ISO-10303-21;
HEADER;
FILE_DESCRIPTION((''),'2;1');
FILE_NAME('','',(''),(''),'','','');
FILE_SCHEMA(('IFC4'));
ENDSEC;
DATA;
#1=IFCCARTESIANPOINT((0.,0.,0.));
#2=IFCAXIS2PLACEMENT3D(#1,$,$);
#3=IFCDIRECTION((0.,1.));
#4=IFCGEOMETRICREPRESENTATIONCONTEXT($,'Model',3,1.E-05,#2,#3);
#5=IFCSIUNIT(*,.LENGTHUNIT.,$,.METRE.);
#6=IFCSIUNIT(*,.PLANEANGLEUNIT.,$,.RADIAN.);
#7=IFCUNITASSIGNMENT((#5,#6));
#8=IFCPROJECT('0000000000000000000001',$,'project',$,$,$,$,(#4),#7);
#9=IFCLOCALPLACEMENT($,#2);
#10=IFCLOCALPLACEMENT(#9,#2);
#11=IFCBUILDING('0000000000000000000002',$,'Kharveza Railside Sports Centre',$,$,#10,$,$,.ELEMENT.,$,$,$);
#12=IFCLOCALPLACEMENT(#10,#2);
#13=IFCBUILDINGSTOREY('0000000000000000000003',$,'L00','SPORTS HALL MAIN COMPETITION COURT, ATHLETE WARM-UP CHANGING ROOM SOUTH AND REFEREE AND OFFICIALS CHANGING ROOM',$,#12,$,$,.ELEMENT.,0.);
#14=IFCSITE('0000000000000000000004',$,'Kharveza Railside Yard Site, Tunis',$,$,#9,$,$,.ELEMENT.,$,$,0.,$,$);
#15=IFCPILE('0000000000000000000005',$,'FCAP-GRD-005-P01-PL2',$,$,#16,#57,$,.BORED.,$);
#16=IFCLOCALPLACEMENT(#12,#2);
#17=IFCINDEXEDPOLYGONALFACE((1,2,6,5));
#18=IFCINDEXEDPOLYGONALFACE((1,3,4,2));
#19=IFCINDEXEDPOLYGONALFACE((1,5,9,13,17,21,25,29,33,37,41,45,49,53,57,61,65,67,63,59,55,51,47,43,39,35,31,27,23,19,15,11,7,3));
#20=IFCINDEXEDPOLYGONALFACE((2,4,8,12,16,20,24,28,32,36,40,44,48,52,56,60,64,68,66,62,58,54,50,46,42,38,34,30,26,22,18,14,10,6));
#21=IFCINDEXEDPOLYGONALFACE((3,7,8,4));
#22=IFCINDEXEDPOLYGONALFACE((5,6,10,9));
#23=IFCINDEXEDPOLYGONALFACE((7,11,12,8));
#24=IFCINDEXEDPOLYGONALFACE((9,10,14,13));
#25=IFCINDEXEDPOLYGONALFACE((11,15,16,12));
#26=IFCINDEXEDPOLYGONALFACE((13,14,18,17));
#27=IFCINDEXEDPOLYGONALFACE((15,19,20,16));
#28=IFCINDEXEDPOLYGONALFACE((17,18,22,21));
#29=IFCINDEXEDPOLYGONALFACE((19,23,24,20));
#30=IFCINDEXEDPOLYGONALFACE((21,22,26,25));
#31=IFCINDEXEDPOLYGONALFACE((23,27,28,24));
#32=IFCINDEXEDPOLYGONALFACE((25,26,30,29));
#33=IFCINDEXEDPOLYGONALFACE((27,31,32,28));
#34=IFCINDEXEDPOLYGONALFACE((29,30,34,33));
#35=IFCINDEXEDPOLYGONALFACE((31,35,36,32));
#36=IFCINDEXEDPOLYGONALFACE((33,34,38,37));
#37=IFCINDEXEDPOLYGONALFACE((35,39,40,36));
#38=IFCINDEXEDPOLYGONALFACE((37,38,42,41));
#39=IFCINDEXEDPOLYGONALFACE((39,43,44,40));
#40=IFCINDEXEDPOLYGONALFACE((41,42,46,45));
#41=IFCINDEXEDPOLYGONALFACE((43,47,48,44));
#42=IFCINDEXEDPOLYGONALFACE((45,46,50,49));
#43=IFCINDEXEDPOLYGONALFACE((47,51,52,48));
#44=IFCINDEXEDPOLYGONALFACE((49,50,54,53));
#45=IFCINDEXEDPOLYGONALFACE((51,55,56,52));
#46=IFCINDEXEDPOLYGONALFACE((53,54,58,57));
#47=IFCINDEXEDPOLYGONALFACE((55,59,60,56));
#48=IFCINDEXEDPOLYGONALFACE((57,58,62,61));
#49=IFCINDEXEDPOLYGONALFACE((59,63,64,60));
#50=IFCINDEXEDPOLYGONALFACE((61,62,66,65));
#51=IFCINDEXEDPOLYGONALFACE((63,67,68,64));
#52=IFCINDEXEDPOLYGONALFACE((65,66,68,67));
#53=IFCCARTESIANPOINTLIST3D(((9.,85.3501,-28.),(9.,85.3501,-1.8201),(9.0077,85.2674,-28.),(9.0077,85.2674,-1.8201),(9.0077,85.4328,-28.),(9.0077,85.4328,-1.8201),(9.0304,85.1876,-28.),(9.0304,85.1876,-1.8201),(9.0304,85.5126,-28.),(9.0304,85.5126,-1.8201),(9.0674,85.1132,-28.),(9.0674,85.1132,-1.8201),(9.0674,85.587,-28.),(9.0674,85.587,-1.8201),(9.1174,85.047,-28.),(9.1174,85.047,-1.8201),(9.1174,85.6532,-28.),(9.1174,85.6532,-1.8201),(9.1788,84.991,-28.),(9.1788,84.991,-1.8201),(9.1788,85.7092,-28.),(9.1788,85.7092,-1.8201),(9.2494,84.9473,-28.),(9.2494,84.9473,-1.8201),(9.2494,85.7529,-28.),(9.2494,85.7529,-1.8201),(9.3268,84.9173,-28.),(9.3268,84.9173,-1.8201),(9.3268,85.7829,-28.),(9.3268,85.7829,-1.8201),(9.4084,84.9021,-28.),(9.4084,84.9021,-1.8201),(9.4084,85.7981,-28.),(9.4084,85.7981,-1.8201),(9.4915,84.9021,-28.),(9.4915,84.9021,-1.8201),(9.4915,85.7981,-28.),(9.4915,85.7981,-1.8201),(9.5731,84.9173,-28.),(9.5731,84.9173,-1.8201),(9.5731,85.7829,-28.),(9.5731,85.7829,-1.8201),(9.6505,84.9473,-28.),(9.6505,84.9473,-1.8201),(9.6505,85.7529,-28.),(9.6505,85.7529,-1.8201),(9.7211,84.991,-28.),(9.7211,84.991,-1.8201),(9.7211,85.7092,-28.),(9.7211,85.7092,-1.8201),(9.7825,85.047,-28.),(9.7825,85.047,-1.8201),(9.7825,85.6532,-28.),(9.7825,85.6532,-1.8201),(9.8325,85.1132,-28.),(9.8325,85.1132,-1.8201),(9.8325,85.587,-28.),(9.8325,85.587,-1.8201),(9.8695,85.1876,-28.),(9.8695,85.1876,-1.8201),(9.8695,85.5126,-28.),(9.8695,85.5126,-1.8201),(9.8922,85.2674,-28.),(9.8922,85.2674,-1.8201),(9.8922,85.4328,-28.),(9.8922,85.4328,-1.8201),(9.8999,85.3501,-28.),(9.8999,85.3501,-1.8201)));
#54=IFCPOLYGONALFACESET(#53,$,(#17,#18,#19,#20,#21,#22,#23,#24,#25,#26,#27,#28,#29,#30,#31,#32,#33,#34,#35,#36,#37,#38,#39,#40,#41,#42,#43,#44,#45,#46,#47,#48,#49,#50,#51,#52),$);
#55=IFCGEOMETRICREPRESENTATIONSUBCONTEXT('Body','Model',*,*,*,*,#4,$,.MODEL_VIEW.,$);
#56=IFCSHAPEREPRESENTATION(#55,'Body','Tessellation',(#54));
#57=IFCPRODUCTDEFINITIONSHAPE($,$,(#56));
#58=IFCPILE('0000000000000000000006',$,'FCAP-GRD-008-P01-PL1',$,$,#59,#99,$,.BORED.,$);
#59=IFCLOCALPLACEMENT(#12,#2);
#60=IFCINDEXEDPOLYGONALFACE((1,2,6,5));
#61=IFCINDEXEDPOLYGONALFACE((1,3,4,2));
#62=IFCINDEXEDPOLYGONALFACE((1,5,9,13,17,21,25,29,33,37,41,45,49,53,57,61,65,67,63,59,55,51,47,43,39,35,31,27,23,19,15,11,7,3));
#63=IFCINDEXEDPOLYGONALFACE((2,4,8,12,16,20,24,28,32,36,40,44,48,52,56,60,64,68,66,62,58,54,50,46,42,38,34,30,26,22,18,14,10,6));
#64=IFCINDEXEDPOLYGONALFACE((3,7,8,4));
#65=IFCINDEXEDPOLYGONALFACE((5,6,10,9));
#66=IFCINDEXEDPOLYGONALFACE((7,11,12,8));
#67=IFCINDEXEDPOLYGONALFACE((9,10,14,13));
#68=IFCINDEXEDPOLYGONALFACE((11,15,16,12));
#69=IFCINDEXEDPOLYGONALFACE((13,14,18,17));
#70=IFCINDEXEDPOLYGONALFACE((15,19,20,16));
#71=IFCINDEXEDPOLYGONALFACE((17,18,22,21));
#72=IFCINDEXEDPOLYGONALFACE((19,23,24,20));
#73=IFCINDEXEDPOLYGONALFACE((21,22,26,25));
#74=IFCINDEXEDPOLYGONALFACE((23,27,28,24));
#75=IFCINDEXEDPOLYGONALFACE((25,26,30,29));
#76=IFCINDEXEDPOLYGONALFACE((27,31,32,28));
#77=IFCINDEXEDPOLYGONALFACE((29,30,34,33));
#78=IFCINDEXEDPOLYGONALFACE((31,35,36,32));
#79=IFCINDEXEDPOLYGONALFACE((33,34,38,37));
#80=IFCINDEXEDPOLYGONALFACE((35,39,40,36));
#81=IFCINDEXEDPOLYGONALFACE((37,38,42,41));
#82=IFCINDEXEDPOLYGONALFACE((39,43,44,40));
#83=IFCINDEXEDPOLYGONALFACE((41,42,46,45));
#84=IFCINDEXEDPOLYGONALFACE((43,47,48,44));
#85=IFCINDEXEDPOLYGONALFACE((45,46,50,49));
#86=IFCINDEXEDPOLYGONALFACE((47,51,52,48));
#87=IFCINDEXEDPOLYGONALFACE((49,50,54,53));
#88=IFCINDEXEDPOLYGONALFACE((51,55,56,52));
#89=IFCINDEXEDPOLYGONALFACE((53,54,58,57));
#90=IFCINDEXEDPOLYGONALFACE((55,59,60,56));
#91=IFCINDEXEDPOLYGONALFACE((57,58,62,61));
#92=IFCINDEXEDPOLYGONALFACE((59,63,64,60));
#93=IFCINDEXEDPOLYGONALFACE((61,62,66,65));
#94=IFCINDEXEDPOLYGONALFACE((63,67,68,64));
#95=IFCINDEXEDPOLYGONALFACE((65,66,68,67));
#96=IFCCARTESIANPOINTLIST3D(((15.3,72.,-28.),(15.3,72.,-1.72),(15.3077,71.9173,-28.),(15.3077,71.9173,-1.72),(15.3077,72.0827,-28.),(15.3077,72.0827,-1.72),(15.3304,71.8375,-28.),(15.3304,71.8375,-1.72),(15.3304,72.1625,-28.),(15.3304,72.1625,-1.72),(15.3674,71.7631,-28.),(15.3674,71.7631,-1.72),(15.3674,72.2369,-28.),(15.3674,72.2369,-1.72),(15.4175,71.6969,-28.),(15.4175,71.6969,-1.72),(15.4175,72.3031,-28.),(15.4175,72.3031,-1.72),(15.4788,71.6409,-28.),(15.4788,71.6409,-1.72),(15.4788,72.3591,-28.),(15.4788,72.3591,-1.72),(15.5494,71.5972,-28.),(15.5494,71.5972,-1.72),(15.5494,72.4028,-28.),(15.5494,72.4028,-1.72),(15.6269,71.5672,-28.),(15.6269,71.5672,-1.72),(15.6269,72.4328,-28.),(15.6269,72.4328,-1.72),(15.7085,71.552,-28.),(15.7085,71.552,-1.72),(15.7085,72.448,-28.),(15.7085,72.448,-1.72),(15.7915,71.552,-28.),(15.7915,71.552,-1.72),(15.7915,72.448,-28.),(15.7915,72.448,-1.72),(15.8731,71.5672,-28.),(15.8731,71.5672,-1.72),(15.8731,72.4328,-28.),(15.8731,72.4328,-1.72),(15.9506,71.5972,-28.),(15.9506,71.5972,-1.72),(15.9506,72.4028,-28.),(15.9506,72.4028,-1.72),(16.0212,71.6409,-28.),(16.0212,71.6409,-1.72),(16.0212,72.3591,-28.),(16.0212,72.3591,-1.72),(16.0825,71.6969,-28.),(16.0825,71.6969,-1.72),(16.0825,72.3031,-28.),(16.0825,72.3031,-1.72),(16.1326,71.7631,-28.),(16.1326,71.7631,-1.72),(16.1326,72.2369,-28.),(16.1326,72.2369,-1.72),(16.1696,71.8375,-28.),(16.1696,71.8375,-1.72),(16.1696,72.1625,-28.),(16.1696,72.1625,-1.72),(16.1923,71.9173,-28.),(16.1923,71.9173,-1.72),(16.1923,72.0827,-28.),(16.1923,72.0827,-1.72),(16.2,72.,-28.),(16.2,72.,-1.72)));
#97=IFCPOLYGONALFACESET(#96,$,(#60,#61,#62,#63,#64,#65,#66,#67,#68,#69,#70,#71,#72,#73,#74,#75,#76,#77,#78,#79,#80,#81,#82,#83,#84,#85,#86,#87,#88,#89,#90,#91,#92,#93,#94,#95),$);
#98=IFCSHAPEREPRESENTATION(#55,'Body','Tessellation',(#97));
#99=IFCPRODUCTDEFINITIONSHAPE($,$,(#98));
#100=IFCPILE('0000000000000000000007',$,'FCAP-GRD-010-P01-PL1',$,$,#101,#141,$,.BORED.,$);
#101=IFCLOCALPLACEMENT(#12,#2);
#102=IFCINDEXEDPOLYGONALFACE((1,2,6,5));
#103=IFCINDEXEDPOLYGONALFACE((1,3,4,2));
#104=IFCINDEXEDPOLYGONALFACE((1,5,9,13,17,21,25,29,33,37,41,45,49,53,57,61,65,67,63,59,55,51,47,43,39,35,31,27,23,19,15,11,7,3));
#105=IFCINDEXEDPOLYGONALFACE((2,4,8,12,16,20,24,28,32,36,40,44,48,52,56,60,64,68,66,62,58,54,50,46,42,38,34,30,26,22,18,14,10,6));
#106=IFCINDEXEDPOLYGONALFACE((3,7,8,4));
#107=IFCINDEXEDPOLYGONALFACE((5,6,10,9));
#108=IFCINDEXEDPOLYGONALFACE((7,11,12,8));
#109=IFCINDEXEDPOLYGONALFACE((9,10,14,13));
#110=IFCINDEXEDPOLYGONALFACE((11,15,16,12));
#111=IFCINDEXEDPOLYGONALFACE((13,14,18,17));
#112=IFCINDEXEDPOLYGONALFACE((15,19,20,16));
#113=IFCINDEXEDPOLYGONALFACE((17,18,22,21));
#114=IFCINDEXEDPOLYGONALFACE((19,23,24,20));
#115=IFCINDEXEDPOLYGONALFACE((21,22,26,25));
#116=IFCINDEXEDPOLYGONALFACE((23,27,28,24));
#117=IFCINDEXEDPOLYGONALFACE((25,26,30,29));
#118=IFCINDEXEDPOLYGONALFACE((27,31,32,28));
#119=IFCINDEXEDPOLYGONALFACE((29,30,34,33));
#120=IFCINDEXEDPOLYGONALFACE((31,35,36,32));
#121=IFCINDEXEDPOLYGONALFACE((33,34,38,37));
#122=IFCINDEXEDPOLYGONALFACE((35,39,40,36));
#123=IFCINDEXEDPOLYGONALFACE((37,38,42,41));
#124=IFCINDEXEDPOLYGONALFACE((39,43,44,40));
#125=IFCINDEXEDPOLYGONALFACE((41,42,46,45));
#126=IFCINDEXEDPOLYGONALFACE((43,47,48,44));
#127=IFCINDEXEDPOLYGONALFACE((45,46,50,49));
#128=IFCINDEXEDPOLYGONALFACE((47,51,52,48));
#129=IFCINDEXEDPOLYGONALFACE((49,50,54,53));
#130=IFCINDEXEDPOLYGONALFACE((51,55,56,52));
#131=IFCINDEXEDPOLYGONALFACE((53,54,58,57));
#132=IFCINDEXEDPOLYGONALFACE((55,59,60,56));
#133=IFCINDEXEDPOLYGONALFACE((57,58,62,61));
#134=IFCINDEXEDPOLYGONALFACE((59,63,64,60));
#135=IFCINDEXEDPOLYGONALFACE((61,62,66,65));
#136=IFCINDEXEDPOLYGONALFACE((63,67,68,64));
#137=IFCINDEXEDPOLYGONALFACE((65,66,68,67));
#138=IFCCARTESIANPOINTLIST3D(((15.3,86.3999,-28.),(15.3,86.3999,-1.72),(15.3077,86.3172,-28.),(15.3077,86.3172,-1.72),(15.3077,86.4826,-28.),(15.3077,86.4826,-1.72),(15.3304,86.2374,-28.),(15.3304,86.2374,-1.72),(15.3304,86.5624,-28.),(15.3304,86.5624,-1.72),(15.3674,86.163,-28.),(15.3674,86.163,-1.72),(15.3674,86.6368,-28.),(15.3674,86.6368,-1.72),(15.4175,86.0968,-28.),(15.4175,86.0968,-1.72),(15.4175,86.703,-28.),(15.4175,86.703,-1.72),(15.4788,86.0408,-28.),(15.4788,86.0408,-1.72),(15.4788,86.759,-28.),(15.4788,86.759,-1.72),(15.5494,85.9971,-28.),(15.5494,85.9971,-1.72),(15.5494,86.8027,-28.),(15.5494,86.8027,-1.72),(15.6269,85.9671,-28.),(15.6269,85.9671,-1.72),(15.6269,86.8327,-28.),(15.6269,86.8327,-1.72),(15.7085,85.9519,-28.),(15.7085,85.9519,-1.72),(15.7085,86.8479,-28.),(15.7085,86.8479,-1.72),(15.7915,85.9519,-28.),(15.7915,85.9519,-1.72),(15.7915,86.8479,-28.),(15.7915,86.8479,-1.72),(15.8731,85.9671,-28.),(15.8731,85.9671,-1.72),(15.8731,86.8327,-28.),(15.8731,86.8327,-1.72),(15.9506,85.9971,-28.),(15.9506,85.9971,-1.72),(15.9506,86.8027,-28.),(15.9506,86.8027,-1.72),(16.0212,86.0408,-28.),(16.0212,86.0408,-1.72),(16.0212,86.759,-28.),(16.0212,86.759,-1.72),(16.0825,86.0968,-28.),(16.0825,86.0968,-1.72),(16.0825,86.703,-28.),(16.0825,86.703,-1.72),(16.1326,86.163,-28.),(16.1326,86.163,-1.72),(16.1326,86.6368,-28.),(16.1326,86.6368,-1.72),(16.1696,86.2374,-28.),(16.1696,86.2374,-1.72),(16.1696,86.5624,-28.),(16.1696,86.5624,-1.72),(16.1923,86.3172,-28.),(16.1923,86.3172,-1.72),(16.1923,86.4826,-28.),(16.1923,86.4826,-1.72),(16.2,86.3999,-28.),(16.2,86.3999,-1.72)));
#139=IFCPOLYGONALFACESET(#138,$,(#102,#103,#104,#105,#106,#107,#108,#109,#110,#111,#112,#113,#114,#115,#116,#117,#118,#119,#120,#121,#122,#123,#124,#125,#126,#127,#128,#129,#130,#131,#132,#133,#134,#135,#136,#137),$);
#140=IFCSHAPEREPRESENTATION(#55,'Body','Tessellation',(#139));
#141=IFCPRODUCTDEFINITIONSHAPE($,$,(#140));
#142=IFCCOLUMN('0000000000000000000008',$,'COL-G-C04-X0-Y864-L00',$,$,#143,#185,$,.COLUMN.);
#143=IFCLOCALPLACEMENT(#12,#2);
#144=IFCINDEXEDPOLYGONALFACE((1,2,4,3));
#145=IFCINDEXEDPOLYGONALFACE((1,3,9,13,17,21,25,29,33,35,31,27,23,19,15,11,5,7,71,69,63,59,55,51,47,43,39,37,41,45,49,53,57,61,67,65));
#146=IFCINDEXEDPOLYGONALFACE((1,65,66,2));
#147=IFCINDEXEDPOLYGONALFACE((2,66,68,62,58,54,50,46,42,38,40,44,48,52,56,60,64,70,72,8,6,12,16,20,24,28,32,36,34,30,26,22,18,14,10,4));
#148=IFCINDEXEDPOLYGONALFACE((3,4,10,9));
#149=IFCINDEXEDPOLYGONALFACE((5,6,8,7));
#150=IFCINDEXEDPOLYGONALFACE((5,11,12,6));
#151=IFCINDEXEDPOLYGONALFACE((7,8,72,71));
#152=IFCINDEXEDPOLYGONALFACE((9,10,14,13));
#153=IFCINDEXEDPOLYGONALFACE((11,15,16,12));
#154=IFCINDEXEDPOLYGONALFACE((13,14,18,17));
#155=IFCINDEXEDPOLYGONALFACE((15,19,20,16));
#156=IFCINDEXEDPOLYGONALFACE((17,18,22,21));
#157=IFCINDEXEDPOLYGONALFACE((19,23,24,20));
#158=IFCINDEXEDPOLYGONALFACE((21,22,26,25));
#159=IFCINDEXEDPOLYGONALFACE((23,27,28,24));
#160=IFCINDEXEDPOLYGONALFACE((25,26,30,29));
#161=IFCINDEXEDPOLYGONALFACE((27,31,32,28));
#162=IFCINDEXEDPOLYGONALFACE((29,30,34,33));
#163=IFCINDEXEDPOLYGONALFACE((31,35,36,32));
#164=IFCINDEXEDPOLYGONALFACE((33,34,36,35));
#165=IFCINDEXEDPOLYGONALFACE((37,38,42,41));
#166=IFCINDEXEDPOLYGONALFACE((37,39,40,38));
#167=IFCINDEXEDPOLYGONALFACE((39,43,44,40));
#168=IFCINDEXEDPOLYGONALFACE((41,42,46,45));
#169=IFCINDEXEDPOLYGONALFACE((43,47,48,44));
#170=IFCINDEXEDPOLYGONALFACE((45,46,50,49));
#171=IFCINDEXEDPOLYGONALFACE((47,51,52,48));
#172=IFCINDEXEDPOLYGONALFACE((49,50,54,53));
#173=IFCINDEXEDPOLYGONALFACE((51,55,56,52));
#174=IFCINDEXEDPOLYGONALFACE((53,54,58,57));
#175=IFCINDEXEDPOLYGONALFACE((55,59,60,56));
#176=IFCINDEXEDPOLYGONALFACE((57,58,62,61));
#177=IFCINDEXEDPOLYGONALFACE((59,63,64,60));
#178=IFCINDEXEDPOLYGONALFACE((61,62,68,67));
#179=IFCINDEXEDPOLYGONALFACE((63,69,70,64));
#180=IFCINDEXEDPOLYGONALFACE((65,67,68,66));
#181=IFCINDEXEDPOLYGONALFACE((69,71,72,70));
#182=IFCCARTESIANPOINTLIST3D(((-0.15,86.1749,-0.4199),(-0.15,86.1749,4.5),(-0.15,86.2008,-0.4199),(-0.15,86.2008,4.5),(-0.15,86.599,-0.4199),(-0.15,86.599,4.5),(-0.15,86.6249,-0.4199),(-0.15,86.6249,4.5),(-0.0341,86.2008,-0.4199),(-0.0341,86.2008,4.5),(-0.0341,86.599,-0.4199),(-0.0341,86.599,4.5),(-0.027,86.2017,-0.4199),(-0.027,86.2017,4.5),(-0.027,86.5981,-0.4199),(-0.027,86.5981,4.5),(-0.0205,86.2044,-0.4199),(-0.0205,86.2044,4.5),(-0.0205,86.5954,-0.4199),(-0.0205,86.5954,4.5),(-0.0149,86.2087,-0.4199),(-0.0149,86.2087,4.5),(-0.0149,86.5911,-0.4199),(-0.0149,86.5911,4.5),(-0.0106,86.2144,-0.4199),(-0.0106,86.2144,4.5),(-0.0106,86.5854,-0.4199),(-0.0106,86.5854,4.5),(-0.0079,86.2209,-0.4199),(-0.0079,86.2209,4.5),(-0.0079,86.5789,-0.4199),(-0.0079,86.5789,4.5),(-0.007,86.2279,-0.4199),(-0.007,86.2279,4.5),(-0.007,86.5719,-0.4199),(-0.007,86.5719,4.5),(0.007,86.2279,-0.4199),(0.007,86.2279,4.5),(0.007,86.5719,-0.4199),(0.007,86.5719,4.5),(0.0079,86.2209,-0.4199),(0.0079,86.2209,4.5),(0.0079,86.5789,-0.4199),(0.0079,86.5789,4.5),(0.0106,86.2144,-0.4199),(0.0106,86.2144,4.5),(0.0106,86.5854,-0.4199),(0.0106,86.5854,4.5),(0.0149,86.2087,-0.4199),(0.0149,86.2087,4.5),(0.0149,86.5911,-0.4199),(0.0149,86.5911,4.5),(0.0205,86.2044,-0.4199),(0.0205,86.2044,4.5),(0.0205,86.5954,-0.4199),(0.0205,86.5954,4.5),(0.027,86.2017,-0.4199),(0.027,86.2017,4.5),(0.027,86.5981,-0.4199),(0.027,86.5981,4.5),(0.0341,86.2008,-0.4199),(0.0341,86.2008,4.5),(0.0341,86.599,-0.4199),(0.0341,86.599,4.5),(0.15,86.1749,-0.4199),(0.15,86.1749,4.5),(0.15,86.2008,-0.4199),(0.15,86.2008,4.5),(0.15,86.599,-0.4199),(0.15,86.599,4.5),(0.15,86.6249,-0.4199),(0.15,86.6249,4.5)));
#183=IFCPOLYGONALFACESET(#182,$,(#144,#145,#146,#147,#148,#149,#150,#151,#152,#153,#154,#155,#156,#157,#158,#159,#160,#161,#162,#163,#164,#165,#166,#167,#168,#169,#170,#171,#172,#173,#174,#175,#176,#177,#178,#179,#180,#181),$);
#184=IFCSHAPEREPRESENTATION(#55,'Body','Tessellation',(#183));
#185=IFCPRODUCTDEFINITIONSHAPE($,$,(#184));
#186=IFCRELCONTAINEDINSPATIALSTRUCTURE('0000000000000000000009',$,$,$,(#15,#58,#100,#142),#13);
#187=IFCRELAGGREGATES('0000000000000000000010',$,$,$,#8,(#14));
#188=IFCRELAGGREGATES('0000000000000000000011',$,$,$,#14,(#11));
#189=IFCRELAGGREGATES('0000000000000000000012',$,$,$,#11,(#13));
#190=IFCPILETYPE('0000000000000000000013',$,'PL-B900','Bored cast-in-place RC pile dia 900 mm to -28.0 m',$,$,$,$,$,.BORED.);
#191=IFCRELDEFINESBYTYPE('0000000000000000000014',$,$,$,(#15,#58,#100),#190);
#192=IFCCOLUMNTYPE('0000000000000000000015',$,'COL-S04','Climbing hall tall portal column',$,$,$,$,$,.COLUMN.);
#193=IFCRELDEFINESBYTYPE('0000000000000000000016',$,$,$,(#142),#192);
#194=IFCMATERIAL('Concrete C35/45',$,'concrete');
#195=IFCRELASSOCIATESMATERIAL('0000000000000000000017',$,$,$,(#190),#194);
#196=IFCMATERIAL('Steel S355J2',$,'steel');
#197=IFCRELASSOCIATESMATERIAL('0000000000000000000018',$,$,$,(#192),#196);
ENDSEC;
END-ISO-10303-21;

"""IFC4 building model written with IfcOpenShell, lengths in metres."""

from ifc_helpers import new_model, si_unit, direction, frame, origin, origin_2d, place, context, subcontext, project, spatial, circle, i_section, extrude, material, material_profile, profile_set, type_object, element, save


model = new_model("IFC4")

# Units and contexts
model_context = context("Model", 3, precision=1e-05, world=origin(), true_north=direction((0.0, 1.0)))
body_context = subcontext(model_context, "Body", "Model", "MODEL_VIEW")
ifc_project = project(units=[si_unit("LENGTHUNIT", "METRE"), si_unit("PLANEANGLEUNIT", "RADIAN")], contexts=[model_context])

# Site, building, storey
site_placement = place(None, origin())
site = spatial("IfcSite", under=ifc_project, at=site_placement, Name="Kharveza Railside Yard Site, Tunis", CompositionType="ELEMENT", RefElevation=0.0)
building_placement = place(site_placement, origin())
building = spatial("IfcBuilding", under=site, at=building_placement, Name="Kharveza Railside Sports Centre", CompositionType="ELEMENT")
storey_placement = place(building_placement, origin())
storey = spatial("IfcBuildingStorey", under=building, at=storey_placement, Name="L00", Description="SPORTS HALL MAIN COMPETITION COURT, ATHLETE WARM-UP CHANGING ROOM SOUTH AND REFEREE AND OFFICIALS CHANGING ROOM", CompositionType="ELEMENT", Elevation=0.0)

# Shared definitions
ifc_material_1 = material(Name="Concrete C35/45", Category="concrete")

# Piles
ifc_material_profile_1 = material_profile(ifc_material_1, circle(Radius=0.45, at=origin_2d()), Name="PILE D900")
ifc_profile_set_1 = profile_set([ifc_material_profile_1], Name="Concrete C35/45")
pile_type = type_object("IfcPileType", Name="PL-B900", Description="Bored cast-in-place RC pile dia 900 mm to -28.0 m", PredefinedType="BORED", material=ifc_profile_set_1)
for number, where, z_axis, x_axis, name in (
    (1, (9.45, 85.3501, -1.8201), (0.0, 0.0, -1.0), (1.0, 0.0, 0.0), "FCAP-GRD-005-P01-PL2"),
):
    element("IfcPile", number, at=place(storey_placement, frame(where, z_axis=z_axis, x_axis=x_axis)), inside=storey, type_object=pile_type, Name=name, PredefinedType="BORED", context=body_context, shape_type="SweptSolid", body=[
        extrude(circle(Radius=0.45, at=origin_2d()), origin(), (0.0, 0.0, 1.0), 26.1799),
    ])
for number, where, z_axis, x_axis, name in (
    (2, (15.75, 72.0, -1.72), (0.0, 0.0, -1.0), (1.0, 0.0, 0.0), "FCAP-GRD-008-P01-PL1"),
    (3, (15.75, 86.3999, -1.72), (0.0, 0.0, -1.0), (1.0, 0.0, 0.0), "FCAP-GRD-010-P01-PL1"),
):
    element("IfcPile", number, at=place(storey_placement, frame(where, z_axis=z_axis, x_axis=x_axis)), inside=storey, type_object=pile_type, Name=name, PredefinedType="BORED", context=body_context, shape_type="SweptSolid", body=[
        extrude(circle(Radius=0.45, at=origin_2d()), origin(), (0.0, 0.0, 1.0), 26.28),
    ])

# Column
ifc_material_2 = material(Name="Steel S355J2", Category="steel")
ifc_material_profile_2 = material_profile(ifc_material_2, i_section(OverallWidth=0.3, OverallDepth=0.45, WebThickness=0.0139, FlangeThickness=0.0259, FilletRadius=0.0271, at=origin_2d()), Name="HEB 450")
ifc_profile_set_2 = profile_set([ifc_material_profile_2], Name="Steel S355J2")
column_type = type_object("IfcColumnType", Name="COL-S04", Description="Climbing hall tall portal column", PredefinedType="COLUMN", material=ifc_profile_set_2)
for number, where, z_axis, x_axis, name in (
    (4, (0.0, 86.3999, -0.4199), (0.0, 0.0, 1.0), (1.0, 0.0, 0.0), "COL-G-C04-X0-Y864-L00"),
):
    element("IfcColumn", number, at=place(storey_placement, frame(where, z_axis=z_axis, x_axis=x_axis)), inside=storey, type_object=column_type, Name=name, PredefinedType="COLUMN", context=body_context, shape_type="SweptSolid", body=[
        extrude(i_section(OverallWidth=0.3, OverallDepth=0.45, WebThickness=0.0139, FlangeThickness=0.0259, FilletRadius=0.0271, at=origin_2d()), origin(), (0.0, 0.0, 1.0), 4.9199),
    ])

save(model, "model.ifc")
